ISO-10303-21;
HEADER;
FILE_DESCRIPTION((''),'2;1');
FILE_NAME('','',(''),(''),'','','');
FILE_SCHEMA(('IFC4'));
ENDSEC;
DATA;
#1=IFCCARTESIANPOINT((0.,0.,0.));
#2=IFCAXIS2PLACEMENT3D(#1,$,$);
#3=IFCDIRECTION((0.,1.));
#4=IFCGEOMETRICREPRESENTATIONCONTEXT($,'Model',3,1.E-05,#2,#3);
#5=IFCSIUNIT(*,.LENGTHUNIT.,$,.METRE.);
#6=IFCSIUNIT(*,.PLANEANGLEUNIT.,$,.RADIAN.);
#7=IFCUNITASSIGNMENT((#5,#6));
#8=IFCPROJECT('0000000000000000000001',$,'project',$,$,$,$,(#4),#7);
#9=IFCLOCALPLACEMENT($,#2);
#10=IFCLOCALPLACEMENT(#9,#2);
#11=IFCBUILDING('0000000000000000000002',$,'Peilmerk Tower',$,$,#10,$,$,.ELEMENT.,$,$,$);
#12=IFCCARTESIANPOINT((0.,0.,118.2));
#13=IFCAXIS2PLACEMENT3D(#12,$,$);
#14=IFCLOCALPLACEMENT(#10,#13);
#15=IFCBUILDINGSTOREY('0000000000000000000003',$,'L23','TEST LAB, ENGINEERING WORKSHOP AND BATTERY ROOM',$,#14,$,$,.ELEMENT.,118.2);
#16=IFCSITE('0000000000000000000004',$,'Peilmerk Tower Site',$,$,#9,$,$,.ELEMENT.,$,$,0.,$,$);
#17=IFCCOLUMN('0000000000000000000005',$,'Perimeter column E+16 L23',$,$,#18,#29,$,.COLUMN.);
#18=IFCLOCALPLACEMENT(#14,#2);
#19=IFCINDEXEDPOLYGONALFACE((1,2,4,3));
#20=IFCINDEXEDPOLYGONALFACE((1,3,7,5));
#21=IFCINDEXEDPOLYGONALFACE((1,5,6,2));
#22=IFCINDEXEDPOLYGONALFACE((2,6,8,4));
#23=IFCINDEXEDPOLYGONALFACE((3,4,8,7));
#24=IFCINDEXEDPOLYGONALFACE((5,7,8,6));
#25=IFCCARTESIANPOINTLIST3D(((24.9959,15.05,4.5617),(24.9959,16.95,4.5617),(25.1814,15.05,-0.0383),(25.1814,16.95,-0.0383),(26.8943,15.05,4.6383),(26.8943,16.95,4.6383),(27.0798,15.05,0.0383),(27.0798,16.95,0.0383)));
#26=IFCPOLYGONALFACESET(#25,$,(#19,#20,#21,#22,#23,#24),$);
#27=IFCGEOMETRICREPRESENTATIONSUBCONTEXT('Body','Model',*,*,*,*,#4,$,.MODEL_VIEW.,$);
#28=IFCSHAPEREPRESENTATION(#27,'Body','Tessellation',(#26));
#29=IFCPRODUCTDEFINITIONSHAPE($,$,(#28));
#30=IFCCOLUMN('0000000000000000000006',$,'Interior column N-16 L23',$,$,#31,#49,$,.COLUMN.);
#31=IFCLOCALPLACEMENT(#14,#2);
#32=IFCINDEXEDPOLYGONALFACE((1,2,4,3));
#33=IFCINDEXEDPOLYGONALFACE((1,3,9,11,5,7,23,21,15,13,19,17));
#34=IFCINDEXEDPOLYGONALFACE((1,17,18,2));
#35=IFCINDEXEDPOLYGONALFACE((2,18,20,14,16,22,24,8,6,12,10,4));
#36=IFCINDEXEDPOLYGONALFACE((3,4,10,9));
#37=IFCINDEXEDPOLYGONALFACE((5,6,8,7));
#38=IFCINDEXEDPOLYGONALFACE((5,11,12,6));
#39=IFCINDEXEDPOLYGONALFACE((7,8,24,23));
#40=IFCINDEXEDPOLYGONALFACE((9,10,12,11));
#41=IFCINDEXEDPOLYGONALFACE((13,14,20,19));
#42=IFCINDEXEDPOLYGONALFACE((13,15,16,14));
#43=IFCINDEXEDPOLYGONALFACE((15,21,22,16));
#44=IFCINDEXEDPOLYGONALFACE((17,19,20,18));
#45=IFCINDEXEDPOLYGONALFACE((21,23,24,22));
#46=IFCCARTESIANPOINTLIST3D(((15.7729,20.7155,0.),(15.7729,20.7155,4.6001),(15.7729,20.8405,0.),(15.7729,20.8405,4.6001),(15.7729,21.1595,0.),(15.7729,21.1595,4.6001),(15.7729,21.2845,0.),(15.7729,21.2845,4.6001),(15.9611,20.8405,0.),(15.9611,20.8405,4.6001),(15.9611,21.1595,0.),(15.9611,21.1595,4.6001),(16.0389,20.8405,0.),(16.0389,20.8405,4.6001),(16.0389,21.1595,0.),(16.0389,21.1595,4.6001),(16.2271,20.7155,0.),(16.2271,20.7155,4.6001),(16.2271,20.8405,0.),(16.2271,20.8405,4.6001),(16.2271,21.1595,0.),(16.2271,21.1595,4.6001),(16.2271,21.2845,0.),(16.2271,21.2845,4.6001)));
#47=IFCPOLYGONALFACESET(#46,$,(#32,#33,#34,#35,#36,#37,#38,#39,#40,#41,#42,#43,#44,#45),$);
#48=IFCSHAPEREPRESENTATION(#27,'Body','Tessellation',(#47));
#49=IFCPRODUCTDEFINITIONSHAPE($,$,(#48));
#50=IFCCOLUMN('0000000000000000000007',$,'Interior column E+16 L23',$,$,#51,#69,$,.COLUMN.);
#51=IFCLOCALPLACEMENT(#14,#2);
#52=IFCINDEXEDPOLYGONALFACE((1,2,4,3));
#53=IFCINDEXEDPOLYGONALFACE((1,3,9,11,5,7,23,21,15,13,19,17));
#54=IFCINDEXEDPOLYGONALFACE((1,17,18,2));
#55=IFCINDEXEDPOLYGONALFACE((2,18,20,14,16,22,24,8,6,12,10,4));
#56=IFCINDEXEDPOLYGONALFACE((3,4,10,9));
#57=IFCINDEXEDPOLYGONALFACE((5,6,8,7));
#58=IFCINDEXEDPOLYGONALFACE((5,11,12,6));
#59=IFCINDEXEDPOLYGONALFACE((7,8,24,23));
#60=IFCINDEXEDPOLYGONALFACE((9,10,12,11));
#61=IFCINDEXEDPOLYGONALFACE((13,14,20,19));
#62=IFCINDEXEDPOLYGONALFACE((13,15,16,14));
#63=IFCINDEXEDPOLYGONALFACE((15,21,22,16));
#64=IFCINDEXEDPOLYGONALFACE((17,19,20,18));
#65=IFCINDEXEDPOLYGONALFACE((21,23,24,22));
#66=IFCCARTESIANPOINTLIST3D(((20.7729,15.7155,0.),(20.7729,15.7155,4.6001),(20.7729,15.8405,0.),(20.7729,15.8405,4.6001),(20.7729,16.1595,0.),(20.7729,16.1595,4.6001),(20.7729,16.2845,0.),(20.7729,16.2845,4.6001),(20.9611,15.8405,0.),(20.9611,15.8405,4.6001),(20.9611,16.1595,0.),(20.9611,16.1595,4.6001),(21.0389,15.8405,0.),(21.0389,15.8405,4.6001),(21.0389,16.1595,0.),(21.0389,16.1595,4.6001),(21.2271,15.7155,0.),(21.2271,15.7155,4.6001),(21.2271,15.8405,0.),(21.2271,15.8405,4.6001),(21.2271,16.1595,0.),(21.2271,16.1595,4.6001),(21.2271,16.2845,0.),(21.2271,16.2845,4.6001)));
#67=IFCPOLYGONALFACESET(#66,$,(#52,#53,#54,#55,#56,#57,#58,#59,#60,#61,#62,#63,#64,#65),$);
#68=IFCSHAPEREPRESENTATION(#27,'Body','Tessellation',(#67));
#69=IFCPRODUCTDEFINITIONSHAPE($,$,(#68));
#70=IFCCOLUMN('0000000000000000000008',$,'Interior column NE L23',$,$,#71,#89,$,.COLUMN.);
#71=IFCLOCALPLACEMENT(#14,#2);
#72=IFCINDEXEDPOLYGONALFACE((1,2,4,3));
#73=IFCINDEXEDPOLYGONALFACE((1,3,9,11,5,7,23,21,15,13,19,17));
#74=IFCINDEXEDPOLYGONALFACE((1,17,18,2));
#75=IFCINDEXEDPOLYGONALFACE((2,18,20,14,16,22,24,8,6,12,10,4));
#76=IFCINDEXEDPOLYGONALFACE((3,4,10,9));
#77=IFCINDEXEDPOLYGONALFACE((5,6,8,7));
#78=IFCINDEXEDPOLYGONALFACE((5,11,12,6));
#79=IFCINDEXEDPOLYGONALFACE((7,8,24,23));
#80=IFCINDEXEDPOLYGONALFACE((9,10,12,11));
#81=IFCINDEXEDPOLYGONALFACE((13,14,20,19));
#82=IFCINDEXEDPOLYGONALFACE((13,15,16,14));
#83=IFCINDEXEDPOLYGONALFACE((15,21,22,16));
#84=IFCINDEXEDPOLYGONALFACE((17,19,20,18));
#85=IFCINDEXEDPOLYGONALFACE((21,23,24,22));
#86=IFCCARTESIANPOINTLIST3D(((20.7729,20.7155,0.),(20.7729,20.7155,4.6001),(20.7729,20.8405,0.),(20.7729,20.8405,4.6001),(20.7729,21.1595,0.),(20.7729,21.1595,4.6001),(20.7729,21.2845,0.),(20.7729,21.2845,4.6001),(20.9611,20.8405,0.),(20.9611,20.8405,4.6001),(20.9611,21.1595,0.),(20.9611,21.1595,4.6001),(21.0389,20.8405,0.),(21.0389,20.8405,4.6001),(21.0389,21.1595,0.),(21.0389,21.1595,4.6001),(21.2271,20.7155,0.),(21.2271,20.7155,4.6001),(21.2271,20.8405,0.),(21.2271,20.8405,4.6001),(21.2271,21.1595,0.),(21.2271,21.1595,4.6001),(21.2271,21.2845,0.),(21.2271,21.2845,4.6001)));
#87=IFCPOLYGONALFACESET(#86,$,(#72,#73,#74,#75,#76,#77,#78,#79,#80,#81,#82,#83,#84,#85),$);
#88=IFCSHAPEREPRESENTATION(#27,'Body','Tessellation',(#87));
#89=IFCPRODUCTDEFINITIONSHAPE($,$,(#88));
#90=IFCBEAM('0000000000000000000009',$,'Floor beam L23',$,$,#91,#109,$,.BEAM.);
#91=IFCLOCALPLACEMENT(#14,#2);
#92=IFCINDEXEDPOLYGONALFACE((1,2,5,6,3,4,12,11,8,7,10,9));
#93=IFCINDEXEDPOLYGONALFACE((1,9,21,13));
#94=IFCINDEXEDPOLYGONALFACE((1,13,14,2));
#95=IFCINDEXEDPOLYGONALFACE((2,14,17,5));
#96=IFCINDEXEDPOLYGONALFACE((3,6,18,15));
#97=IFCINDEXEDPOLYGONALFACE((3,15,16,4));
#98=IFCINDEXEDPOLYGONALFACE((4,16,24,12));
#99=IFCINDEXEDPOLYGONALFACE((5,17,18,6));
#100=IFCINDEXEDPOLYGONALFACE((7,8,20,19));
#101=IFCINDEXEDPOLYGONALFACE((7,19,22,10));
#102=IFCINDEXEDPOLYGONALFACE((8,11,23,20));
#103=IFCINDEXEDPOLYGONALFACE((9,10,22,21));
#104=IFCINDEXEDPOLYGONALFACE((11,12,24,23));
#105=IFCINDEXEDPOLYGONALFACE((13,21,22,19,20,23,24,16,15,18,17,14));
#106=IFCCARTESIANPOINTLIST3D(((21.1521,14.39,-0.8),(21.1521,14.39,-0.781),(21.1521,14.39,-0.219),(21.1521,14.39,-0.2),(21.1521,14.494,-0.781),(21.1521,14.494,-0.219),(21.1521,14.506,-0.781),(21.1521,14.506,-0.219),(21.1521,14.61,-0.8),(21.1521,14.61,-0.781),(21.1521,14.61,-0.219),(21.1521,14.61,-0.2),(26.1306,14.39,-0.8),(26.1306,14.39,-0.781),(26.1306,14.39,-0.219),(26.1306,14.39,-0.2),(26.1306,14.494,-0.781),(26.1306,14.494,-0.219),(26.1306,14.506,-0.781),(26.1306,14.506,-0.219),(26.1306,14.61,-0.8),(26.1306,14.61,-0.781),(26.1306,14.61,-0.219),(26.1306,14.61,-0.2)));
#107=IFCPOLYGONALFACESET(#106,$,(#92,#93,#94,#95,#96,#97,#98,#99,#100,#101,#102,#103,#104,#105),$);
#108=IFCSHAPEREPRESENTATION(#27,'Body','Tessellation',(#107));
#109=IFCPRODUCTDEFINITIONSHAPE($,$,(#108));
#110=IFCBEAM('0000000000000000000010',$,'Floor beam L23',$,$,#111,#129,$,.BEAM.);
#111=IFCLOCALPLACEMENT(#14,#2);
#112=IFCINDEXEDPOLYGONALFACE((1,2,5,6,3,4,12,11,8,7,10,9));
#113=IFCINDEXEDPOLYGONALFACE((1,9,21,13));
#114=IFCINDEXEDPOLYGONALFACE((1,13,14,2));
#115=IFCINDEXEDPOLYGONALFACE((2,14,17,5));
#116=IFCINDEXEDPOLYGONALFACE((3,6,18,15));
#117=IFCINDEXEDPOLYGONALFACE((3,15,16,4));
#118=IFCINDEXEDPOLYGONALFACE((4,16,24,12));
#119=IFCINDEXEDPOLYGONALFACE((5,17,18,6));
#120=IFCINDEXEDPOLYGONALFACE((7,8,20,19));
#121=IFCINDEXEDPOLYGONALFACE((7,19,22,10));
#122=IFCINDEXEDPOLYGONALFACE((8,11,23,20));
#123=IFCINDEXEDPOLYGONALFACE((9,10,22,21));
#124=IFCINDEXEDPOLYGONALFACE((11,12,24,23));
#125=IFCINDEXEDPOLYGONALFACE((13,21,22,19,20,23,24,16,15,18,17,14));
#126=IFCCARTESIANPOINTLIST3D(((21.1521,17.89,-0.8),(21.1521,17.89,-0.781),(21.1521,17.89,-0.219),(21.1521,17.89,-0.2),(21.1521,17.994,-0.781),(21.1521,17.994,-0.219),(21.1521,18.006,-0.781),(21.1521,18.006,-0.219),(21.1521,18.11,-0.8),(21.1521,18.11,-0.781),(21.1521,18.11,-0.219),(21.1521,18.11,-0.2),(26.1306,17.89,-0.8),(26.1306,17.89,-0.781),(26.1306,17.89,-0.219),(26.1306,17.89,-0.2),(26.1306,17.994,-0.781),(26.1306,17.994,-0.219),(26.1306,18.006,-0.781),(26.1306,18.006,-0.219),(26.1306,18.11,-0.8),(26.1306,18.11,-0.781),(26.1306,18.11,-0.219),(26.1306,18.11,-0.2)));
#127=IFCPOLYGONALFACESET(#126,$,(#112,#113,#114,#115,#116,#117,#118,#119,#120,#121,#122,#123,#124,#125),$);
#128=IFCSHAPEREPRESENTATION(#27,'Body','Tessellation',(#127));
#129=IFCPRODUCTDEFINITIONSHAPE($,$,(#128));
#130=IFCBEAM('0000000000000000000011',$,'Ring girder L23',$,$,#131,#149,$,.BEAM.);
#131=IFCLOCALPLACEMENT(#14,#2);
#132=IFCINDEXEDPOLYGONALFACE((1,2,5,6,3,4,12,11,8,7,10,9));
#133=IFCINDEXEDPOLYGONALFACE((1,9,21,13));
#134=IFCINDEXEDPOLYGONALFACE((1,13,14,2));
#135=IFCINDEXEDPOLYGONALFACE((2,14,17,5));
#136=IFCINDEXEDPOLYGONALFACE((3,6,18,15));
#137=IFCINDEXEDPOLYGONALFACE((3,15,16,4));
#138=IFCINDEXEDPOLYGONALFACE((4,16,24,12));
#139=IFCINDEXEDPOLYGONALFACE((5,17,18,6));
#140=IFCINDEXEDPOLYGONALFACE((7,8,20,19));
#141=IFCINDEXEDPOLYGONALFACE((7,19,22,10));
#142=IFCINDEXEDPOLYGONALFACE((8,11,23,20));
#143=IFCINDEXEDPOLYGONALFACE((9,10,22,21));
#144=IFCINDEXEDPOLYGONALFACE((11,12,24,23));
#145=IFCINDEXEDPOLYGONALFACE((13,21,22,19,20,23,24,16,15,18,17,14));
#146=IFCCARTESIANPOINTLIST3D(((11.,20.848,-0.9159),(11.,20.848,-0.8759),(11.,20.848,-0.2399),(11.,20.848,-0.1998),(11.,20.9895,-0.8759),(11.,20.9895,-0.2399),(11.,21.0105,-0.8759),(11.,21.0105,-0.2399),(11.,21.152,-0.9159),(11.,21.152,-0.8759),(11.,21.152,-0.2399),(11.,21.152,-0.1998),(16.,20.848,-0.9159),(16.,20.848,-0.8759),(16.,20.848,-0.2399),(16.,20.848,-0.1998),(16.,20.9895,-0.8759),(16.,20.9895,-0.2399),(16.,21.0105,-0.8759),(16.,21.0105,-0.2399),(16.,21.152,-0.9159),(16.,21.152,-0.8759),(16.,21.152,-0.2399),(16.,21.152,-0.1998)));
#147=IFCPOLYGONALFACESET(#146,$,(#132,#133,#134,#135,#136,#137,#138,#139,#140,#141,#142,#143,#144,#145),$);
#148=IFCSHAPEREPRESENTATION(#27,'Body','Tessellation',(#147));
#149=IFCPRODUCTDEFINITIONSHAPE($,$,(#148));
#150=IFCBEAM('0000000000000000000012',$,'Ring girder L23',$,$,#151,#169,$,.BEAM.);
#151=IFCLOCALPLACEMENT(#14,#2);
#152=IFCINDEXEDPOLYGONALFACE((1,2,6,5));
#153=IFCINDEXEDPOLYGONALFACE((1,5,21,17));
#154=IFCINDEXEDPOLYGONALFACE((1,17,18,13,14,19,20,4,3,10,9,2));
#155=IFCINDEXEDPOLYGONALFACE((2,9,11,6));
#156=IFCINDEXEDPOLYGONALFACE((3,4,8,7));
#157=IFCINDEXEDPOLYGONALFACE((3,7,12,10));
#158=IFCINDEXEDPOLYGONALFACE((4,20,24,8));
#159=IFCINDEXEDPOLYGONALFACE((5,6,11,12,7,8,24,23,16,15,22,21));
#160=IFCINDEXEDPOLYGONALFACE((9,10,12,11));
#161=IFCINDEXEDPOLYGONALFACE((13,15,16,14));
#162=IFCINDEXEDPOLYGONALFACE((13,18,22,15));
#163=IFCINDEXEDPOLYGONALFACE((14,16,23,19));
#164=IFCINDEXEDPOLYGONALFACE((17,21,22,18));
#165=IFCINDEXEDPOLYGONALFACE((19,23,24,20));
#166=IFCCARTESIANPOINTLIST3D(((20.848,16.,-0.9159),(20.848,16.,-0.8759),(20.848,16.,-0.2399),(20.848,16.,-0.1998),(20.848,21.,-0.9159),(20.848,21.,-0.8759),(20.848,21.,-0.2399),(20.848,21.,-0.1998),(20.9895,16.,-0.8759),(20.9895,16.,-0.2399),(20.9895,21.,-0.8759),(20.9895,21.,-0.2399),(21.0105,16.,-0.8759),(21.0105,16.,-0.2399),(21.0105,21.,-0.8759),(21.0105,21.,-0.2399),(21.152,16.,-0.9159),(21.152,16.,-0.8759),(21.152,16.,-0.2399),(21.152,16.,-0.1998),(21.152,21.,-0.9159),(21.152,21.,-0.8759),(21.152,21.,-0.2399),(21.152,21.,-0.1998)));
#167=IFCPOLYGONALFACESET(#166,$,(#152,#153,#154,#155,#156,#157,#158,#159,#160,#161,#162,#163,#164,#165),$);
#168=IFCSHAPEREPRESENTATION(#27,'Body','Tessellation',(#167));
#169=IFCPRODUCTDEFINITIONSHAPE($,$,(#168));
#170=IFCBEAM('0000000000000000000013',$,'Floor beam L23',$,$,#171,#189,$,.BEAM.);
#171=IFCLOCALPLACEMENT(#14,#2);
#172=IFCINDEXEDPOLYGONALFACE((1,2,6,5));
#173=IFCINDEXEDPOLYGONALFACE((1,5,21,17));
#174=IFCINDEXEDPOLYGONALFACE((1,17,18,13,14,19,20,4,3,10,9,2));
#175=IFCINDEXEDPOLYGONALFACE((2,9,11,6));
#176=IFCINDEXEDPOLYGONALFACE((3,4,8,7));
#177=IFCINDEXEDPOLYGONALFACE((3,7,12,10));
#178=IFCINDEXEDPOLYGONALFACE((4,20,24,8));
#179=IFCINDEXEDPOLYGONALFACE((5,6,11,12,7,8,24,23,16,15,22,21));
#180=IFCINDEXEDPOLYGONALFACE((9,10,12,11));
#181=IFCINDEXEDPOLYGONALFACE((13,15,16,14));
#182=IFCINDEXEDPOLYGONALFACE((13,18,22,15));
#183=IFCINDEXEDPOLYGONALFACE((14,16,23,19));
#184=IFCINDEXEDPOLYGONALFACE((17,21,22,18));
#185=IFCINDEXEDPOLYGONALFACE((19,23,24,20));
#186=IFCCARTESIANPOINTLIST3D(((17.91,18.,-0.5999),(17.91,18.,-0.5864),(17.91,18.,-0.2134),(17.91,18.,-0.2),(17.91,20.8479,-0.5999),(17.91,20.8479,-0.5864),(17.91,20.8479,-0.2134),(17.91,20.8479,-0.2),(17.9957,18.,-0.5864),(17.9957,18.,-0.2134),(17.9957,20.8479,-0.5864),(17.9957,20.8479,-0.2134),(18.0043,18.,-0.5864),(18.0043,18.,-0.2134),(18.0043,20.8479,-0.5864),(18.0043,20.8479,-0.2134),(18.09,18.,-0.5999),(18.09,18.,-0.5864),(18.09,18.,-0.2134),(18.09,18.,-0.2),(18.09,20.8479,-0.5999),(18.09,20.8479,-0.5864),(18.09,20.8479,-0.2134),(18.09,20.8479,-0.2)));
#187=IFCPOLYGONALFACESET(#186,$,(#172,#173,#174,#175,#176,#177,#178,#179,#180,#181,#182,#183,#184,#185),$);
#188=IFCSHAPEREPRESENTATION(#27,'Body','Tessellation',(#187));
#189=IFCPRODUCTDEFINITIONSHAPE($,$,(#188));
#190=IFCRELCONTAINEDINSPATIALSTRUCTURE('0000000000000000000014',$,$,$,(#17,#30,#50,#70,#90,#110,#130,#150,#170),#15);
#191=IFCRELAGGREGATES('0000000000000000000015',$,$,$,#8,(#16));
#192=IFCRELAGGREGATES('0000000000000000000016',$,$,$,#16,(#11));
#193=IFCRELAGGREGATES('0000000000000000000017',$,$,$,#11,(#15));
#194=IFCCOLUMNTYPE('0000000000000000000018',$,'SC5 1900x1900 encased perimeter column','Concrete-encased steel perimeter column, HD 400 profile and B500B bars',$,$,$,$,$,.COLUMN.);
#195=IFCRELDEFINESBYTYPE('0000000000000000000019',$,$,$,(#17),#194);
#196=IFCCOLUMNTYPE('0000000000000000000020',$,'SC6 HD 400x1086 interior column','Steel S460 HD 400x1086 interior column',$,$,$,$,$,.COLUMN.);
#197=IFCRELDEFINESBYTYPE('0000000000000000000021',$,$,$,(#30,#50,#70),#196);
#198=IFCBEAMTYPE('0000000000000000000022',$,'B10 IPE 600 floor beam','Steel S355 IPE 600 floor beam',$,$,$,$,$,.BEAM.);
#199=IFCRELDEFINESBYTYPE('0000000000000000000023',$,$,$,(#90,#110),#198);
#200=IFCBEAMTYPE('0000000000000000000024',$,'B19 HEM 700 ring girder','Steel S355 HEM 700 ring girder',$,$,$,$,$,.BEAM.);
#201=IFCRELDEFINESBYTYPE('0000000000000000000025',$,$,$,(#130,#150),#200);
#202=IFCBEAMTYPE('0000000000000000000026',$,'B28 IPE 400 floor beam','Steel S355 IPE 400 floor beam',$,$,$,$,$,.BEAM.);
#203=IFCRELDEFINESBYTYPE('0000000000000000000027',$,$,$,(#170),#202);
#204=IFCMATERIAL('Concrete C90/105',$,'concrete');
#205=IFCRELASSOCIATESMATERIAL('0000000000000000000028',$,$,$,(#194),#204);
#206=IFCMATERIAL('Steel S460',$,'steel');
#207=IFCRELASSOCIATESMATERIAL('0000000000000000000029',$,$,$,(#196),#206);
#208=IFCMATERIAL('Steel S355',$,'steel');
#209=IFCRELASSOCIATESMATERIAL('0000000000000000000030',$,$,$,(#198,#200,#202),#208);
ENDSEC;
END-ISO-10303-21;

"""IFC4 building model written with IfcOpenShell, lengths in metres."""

from ifc_helpers import new_model, si_unit, direction, frame, origin, origin_2d, place, context, subcontext, project, spatial, rectangle, i_section, extrude, material, material_profile, profile_set, type_object, element, save


model = new_model("IFC4")

# Units and contexts
model_context = context("Model", 3, precision=1e-05, world=origin(), true_north=direction((0.0, 1.0)))
body_context = subcontext(model_context, "Body", "Model", "MODEL_VIEW")
ifc_project = project(units=[si_unit("LENGTHUNIT", "METRE"), si_unit("PLANEANGLEUNIT", "RADIAN")], contexts=[model_context])

# Site, building, storey
site_placement = place(None, origin())
site = spatial("IfcSite", under=ifc_project, at=site_placement, Name="Peilmerk Tower Site", CompositionType="ELEMENT", RefElevation=0.0)
building_placement = place(site_placement, origin())
building = spatial("IfcBuilding", under=site, at=building_placement, Name="Peilmerk Tower", CompositionType="ELEMENT")
storey_placement = place(building_placement, frame((0.0, 0.0, 118.2)))
storey = spatial("IfcBuildingStorey", under=building, at=storey_placement, Name="L23", Description="TEST LAB, ENGINEERING WORKSHOP AND BATTERY ROOM", CompositionType="ELEMENT", Elevation=118.2)

# Columns
ifc_material_1 = material(Name="Concrete C90/105", Category="concrete")
ifc_material_profile_1 = material_profile(ifc_material_1, rectangle(XDim=1.8999, YDim=1.8999, at=origin_2d()), Name="RC 1900x1900")
ifc_profile_set_1 = profile_set([ifc_material_profile_1], Name="Concrete C90/105")
column_type_1 = type_object("IfcColumnType", Name="SC5 1900x1900 encased perimeter column", Description="Concrete-encased steel perimeter column, HD 400 profile and B500B bars", PredefinedType="COLUMN", material=ifc_profile_set_1)
column_placement = place(storey_placement, frame((26.1306, 16.0, 0.0), z_axis=(-0.040303, 0.0, 0.999188), x_axis=(0.0, -1.0, 0.0)))
element("IfcColumn", 1, at=column_placement, inside=storey, type_object=column_type_1, Name="Perimeter column E+16 L23", PredefinedType="COLUMN", context=body_context, shape_type="SweptSolid", body=[
    extrude(rectangle(XDim=1.8999, YDim=1.8999, at=origin_2d()), origin(), (0.0, 0.0, 1.0), 4.6038),
])
ifc_material_2 = material(Name="Steel S460", Category="steel")
ifc_material_profile_2 = material_profile(ifc_material_2, i_section(OverallWidth=0.4541, OverallDepth=0.5691, WebThickness=0.0779, FlangeThickness=0.125, at=origin_2d()), Name="HD 400x1086")
ifc_profile_set_2 = profile_set([ifc_material_profile_2], Name="Steel S460")
column_type_2 = type_object("IfcColumnType", Name="SC6 HD 400x1086 interior column", Description="Steel S460 HD 400x1086 interior column", PredefinedType="COLUMN", material=ifc_profile_set_2)
for number, where, z_axis, x_axis, name in (
    (2, (16.0, 21.0, 0.0), (0.0, 0.0, 1.0), (1.0, 0.0, 0.0), "Interior column N-16 L23"),
    (3, (21.0, 16.0, 0.0), (0.0, 0.0, 1.0), (1.0, 0.0, 0.0), "Interior column E+16 L23"),
    (4, (21.0, 21.0, 0.0), (0.0, 0.0, 1.0), (1.0, 0.0, 0.0), "Interior column NE L23"),
):
    element("IfcColumn", number, at=place(storey_placement, frame(where, z_axis=z_axis, x_axis=x_axis)), inside=storey, type_object=column_type_2, Name=name, PredefinedType="COLUMN", context=body_context, shape_type="SweptSolid", body=[
        extrude(i_section(OverallWidth=0.4541, OverallDepth=0.5691, WebThickness=0.0779, FlangeThickness=0.125, at=origin_2d()), origin(), (0.0, 0.0, 1.0), 4.6001),
    ])

# Beams
ifc_material_3 = material(Name="Steel S355", Category="steel")
ifc_material_profile_3 = material_profile(ifc_material_3, i_section(OverallWidth=0.22, OverallDepth=0.6001, WebThickness=0.012, FlangeThickness=0.019, at=origin_2d()), Name="IPE 600")
ifc_profile_set_3 = profile_set([ifc_material_profile_3], Name="Steel S355")
beam_type_1 = type_object("IfcBeamType", Name="B10 IPE 600 floor beam", Description="Steel S355 IPE 600 floor beam", PredefinedType="BEAM", material=ifc_profile_set_3)
for number, where, z_axis, x_axis, name in (
    (5, (21.1521, 14.5, -0.5), (1.0, 0.0, 0.0), (0.0, 1.0, 0.0), "Floor beam L23"),
    (6, (21.1521, 18.0, -0.5), (1.0, 0.0, 0.0), (0.0, 1.0, 0.0), "Floor beam L23"),
):
    element("IfcBeam", number, at=place(storey_placement, frame(where, z_axis=z_axis, x_axis=x_axis)), inside=storey, type_object=beam_type_1, Name=name, PredefinedType="BEAM", context=body_context, shape_type="SweptSolid", body=[
        extrude(i_section(OverallWidth=0.22, OverallDepth=0.6001, WebThickness=0.012, FlangeThickness=0.019, at=origin_2d()), origin(), (0.0, 0.0, 1.0), 4.9785),
    ])
ifc_material_profile_4 = material_profile(ifc_material_3, i_section(OverallWidth=0.304, OverallDepth=0.7161, WebThickness=0.021, FlangeThickness=0.04, at=origin_2d()), Name="HEM 700")
ifc_profile_set_4 = profile_set([ifc_material_profile_4], Name="Steel S355")
beam_type_2 = type_object("IfcBeamType", Name="B19 HEM 700 ring girder", Description="Steel S355 HEM 700 ring girder", PredefinedType="BEAM", material=ifc_profile_set_4)
for number, where, z_axis, x_axis, name in (
    (7, (16.0, 21.0, -0.5579), (-1.0, 0.0, 0.0), (0.0, -1.0, 0.0), "Ring girder L23"),
    (8, (21.0, 16.0, -0.5579), (0.0, 1.0, 0.0), (-1.0, 0.0, 0.0), "Ring girder L23"),
):
    element("IfcBeam", number, at=place(storey_placement, frame(where, z_axis=z_axis, x_axis=x_axis)), inside=storey, type_object=beam_type_2, Name=name, PredefinedType="BEAM", context=body_context, shape_type="SweptSolid", body=[
        extrude(i_section(OverallWidth=0.304, OverallDepth=0.7161, WebThickness=0.021, FlangeThickness=0.04, at=origin_2d()), origin(), (0.0, 0.0, 1.0), 5.0),
    ])
ifc_material_profile_5 = material_profile(ifc_material_3, i_section(OverallWidth=0.1799, OverallDepth=0.3999, WebThickness=0.0085, FlangeThickness=0.0134, at=origin_2d()), Name="IPE 400")
ifc_profile_set_5 = profile_set([ifc_material_profile_5], Name="Steel S355")
beam_type_3 = type_object("IfcBeamType", Name="B28 IPE 400 floor beam", Description="Steel S355 IPE 400 floor beam", PredefinedType="BEAM", material=ifc_profile_set_5)
for number, where, z_axis, x_axis, name in (
    (9, (18.0, 18.0, -0.3999), (0.0, 1.0, 0.0), (-1.0, 0.0, 0.0), "Floor beam L23"),
):
    element("IfcBeam", number, at=place(storey_placement, frame(where, z_axis=z_axis, x_axis=x_axis)), inside=storey, type_object=beam_type_3, Name=name, PredefinedType="BEAM", context=body_context, shape_type="SweptSolid", body=[
        extrude(i_section(OverallWidth=0.1799, OverallDepth=0.3999, WebThickness=0.0085, FlangeThickness=0.0134, at=origin_2d()), origin(), (0.0, 0.0, 1.0), 2.8479),
    ])

save(model, "model.ifc")
